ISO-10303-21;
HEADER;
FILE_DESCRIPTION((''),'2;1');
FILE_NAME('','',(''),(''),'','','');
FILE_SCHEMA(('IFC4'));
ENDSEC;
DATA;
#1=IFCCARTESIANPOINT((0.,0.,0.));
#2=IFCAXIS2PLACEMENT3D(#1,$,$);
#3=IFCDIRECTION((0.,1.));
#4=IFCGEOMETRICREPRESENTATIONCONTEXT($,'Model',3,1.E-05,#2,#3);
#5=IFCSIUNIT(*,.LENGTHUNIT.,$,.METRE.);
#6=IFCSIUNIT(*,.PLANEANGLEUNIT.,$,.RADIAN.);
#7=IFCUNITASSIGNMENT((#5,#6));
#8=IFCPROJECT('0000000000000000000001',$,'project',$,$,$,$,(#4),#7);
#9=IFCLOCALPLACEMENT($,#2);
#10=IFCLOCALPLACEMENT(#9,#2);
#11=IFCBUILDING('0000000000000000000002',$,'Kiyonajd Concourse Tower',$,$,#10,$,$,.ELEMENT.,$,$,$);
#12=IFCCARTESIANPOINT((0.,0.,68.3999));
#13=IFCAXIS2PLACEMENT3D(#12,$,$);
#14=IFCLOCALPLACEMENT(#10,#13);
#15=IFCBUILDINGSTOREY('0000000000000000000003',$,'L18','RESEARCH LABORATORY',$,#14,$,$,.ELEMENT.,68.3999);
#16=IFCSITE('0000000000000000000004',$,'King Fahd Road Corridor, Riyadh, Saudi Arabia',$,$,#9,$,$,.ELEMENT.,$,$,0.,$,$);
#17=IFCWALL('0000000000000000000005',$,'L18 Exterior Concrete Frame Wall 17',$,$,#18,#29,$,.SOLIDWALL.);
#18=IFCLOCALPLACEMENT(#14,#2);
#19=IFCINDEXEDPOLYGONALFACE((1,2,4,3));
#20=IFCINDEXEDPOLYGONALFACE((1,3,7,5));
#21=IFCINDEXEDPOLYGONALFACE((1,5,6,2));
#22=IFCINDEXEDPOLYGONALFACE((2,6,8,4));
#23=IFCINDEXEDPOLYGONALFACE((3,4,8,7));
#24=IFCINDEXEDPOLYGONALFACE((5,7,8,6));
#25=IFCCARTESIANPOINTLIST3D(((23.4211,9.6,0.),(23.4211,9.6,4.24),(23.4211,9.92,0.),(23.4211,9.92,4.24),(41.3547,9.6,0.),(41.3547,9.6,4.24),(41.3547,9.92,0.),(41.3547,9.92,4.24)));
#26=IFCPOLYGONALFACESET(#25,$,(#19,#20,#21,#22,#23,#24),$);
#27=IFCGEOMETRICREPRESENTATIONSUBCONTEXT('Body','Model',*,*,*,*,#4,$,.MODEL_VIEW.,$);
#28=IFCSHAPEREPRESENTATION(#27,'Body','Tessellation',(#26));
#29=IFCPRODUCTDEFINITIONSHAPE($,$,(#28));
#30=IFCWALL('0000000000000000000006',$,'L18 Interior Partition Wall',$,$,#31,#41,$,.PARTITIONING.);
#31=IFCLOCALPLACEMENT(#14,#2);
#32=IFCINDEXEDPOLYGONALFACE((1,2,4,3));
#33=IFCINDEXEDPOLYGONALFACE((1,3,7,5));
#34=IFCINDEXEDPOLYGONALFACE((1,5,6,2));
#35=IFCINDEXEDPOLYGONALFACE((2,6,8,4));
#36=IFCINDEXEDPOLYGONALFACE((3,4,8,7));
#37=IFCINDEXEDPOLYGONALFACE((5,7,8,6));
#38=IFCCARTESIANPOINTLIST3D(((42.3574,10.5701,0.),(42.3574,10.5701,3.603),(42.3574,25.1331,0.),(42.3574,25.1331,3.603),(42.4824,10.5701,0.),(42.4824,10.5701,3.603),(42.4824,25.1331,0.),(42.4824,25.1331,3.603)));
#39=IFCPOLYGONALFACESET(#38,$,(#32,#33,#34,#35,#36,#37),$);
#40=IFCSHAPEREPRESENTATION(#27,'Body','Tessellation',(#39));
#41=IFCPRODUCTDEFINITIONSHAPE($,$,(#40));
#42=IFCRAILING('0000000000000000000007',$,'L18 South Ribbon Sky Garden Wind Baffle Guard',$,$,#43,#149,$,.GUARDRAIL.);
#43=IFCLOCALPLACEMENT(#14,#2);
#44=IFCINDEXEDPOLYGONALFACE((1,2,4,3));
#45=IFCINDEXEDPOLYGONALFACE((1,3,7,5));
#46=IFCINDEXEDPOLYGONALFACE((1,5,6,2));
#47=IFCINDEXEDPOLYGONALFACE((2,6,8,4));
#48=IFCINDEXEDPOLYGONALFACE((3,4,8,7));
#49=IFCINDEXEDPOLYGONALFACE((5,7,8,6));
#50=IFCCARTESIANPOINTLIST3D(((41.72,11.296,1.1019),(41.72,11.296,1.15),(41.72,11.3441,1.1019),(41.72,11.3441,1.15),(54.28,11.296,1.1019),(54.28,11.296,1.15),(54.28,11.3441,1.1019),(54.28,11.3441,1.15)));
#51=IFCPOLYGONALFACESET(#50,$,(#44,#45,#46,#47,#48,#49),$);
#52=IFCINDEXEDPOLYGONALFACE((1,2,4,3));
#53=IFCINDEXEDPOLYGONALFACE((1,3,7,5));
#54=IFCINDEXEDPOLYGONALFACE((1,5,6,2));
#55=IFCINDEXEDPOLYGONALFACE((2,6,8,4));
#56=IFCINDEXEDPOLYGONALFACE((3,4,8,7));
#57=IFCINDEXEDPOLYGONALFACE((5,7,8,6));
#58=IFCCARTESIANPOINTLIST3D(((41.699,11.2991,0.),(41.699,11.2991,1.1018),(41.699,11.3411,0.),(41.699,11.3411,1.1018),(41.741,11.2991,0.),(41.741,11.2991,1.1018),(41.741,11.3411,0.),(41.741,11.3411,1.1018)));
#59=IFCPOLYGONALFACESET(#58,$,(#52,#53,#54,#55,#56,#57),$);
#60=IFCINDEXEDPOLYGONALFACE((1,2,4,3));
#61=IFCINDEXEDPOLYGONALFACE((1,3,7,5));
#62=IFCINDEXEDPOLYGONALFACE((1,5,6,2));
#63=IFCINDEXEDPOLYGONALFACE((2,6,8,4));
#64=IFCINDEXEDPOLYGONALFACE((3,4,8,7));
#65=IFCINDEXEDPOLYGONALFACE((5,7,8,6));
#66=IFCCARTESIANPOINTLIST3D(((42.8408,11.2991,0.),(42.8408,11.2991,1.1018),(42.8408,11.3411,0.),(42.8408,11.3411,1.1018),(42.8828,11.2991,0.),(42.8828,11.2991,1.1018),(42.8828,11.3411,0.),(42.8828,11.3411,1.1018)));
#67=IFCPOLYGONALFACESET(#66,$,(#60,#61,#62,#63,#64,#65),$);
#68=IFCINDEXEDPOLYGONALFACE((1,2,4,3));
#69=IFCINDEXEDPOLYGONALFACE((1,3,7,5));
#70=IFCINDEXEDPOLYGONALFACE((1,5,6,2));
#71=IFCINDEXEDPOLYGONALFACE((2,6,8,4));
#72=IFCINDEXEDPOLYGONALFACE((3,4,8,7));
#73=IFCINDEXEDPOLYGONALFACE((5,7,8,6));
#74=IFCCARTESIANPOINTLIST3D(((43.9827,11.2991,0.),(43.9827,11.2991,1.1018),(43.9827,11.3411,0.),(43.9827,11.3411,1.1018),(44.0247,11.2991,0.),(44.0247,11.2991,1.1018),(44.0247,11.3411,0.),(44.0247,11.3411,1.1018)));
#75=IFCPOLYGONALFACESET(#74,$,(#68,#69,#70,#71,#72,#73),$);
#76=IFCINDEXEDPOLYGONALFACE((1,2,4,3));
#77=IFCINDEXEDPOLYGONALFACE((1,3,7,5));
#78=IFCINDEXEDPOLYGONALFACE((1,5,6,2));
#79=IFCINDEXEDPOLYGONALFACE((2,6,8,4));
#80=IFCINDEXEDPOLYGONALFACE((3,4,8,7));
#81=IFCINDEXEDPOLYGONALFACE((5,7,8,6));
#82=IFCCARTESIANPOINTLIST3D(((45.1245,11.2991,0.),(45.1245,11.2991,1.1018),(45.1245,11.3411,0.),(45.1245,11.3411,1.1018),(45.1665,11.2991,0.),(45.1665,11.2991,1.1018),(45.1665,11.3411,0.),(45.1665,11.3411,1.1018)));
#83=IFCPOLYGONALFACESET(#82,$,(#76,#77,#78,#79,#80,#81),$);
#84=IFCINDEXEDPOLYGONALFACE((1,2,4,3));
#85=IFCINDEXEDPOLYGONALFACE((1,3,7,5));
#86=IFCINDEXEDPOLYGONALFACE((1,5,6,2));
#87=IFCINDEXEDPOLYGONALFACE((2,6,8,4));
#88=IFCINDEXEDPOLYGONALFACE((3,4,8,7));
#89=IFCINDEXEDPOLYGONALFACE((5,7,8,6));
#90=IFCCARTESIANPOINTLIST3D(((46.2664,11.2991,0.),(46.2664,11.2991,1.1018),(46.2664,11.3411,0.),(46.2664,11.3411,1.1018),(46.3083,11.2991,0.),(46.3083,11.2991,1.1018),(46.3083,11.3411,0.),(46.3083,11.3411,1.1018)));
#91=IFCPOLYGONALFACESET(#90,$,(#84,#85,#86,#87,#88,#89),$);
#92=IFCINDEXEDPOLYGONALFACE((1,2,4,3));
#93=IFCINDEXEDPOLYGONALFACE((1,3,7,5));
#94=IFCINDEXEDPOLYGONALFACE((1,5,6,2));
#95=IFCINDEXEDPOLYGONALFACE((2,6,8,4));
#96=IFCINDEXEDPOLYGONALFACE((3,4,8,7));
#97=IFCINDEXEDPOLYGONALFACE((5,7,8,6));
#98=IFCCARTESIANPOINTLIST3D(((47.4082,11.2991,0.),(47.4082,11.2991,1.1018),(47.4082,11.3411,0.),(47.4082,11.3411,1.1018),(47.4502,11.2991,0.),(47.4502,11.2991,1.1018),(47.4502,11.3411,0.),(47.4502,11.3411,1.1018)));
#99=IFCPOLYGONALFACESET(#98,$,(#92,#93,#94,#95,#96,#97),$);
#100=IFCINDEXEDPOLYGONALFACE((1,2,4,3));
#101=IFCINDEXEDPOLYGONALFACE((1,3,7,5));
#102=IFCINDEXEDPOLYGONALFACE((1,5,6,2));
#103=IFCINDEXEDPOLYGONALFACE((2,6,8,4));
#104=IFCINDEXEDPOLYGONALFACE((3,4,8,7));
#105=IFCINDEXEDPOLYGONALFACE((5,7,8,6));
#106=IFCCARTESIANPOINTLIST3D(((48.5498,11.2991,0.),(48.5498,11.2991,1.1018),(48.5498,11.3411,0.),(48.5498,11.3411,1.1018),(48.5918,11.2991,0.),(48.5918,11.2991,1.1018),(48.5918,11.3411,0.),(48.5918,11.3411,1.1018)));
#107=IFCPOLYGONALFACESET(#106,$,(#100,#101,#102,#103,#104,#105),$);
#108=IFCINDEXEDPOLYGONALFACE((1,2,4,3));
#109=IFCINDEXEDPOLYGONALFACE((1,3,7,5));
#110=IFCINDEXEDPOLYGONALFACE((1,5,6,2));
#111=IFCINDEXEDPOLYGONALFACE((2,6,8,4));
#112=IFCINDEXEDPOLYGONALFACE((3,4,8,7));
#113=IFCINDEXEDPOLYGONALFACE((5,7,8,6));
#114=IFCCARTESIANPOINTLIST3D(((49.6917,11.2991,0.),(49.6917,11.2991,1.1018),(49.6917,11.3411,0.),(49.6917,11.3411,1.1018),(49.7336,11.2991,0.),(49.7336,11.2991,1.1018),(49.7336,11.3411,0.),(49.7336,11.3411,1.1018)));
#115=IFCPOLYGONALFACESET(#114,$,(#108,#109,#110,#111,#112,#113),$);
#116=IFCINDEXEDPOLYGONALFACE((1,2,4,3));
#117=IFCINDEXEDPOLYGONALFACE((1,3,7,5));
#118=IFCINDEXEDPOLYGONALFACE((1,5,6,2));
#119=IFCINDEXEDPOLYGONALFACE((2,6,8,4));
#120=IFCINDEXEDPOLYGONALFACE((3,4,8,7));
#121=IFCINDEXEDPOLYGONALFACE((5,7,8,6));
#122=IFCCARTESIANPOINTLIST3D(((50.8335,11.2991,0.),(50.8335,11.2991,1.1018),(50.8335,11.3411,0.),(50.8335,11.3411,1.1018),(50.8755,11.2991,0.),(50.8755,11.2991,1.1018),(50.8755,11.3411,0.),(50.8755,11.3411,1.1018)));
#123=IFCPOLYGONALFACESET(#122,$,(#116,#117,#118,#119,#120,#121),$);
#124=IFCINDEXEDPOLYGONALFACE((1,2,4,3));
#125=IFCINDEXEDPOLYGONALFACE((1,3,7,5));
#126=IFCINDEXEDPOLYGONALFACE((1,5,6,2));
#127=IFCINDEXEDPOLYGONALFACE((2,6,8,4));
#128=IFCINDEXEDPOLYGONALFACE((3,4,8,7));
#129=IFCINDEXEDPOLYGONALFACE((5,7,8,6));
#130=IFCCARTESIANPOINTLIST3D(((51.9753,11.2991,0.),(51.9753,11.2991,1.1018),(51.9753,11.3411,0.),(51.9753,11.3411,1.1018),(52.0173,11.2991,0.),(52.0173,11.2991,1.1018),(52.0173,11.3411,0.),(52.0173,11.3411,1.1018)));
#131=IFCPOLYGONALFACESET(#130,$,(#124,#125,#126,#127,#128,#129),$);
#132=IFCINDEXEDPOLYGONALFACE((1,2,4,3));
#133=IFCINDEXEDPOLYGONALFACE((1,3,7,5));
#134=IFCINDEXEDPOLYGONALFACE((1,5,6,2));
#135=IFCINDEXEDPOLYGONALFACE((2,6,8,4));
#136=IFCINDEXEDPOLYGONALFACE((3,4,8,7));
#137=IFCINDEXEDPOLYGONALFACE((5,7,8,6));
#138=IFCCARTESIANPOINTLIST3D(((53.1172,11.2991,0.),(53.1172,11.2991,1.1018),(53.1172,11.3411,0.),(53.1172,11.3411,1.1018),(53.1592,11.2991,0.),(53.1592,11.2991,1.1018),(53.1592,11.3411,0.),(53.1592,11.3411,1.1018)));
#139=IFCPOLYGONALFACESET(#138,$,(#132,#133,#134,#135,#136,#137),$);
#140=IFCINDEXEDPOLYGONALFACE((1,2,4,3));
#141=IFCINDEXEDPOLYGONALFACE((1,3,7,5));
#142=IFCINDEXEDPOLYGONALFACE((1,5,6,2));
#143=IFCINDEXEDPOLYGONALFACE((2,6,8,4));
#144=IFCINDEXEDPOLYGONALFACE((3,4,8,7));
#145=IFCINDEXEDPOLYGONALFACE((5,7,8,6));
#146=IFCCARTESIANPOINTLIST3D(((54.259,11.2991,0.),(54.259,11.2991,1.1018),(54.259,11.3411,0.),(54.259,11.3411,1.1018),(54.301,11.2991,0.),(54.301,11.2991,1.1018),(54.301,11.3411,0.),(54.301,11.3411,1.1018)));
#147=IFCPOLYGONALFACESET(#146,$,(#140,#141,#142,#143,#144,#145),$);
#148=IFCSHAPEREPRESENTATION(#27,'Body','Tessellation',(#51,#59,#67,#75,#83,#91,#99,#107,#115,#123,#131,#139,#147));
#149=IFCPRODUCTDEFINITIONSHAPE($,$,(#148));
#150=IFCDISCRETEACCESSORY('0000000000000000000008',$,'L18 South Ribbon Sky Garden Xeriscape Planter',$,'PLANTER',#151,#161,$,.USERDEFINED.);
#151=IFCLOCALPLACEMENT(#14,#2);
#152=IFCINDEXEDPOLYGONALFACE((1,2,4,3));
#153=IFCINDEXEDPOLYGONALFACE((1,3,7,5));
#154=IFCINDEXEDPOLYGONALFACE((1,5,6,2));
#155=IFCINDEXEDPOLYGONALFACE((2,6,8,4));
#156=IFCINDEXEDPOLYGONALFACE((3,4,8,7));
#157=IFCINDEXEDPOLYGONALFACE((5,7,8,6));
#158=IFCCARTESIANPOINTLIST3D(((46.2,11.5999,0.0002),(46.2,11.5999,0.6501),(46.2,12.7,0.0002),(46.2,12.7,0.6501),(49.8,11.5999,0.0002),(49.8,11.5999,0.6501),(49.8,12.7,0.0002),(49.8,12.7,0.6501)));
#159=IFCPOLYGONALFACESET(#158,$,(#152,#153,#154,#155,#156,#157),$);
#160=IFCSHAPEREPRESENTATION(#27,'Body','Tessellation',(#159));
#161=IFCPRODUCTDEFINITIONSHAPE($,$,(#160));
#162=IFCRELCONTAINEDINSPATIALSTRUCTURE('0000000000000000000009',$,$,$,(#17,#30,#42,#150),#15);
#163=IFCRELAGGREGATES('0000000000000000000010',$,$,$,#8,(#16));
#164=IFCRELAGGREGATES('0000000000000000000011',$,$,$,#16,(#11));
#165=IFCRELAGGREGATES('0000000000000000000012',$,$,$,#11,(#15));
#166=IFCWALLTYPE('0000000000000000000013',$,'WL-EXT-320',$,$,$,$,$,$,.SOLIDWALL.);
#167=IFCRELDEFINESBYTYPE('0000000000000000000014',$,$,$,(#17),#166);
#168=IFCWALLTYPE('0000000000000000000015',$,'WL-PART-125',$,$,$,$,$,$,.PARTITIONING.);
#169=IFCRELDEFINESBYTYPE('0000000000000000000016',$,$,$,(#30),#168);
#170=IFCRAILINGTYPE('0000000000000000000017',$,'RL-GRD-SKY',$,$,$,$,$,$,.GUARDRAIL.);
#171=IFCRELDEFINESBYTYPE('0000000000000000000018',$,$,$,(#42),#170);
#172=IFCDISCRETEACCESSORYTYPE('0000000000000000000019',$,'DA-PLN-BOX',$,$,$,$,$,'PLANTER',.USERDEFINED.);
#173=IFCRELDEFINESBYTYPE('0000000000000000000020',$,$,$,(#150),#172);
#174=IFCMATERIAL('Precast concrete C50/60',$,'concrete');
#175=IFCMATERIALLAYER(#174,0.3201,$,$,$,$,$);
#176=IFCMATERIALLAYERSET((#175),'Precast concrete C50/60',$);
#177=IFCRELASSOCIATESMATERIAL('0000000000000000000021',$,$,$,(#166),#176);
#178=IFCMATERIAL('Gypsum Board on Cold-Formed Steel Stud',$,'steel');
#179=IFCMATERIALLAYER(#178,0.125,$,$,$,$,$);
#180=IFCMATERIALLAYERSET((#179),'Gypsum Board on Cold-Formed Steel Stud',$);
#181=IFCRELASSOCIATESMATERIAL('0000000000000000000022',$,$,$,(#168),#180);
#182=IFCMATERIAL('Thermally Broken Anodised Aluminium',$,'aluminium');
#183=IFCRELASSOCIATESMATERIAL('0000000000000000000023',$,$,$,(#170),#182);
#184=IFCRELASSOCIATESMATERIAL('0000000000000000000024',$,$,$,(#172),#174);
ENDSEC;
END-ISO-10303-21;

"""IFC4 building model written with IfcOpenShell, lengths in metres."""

from ifc_helpers import new_model, si_unit, direction, frame, frame_2d, origin, origin_2d, place, context, subcontext, project, spatial, rectangle, extrude, material, layer, layer_set, type_object, element, save


model = new_model("IFC4")

# Units and contexts
model_context = context("Model", 3, precision=1e-05, world=origin(), true_north=direction((0.0, 1.0)))
body_context = subcontext(model_context, "Body", "Model", "MODEL_VIEW")
ifc_project = project(units=[si_unit("LENGTHUNIT", "METRE"), si_unit("PLANEANGLEUNIT", "RADIAN")], contexts=[model_context])

# Site, building, storey
site_placement = place(None, origin())
site = spatial("IfcSite", under=ifc_project, at=site_placement, Name="King Fahd Road Corridor, Riyadh, Saudi Arabia", CompositionType="ELEMENT", RefElevation=0.0)
building_placement = place(site_placement, origin())
building = spatial("IfcBuilding", under=site, at=building_placement, Name="Kiyonajd Concourse Tower", CompositionType="ELEMENT")
storey_placement = place(building_placement, frame((0.0, 0.0, 68.3999)))
storey = spatial("IfcBuildingStorey", under=building, at=storey_placement, Name="L18", Description="RESEARCH LABORATORY", CompositionType="ELEMENT", Elevation=68.3999)

# Shared definitions
ifc_material_1 = material(Name="Precast concrete C50/60", Category="concrete")

# Walls
ifc_layer_1 = layer(ifc_material_1, 0.3201)
ifc_layer_set_1 = layer_set([ifc_layer_1], Name="Precast concrete C50/60")
wall_type_1 = type_object("IfcWallType", Name="WL-EXT-320", PredefinedType="SOLIDWALL", material=ifc_layer_set_1)
wall_1_placement = place(storey_placement, frame((41.3547, 9.76, 0.0), z_axis=(0.0, 0.0, 1.0), x_axis=(-1.0, 0.0, 0.0)))
element("IfcWall", 1, at=wall_1_placement, inside=storey, type_object=wall_type_1, Name="L18 Exterior Concrete Frame Wall 17", PredefinedType="SOLIDWALL", context=body_context, shape_type="SweptSolid", body=[
    extrude(rectangle(XDim=17.9336, YDim=0.3201, at=frame_2d((8.9668, 0.0))), origin(), (0.0, 0.0, 1.0), 4.24),
])
ifc_material_2 = material(Name="Gypsum Board on Cold-Formed Steel Stud", Category="steel")
ifc_layer_2 = layer(ifc_material_2, 0.125)
ifc_layer_set_2 = layer_set([ifc_layer_2], Name="Gypsum Board on Cold-Formed Steel Stud")
wall_type_2 = type_object("IfcWallType", Name="WL-PART-125", PredefinedType="PARTITIONING", material=ifc_layer_set_2)
wall_2_placement = place(storey_placement, frame((42.4199, 10.5701, 0.0), z_axis=(0.0, 0.0, 1.0), x_axis=(0.0, 1.0, 0.0)))
element("IfcWall", 2, at=wall_2_placement, inside=storey, type_object=wall_type_2, Name="L18 Interior Partition Wall", PredefinedType="PARTITIONING", context=body_context, shape_type="SweptSolid", body=[
    extrude(rectangle(XDim=14.563, YDim=0.125, at=frame_2d((7.2815, 0.0))), origin(), (0.0, 0.0, 1.0), 3.603),
])

# Railing
ifc_material_3 = material(Name="Thermally Broken Anodised Aluminium", Category="aluminium")
railing_type = type_object("IfcRailingType", Name="RL-GRD-SKY", PredefinedType="GUARDRAIL", material=ifc_material_3)
railing_placement = place(storey_placement, frame((41.72, 11.3201, 0.0)))
element("IfcRailing", 3, at=railing_placement, inside=storey, type_object=railing_type, Name="L18 South Ribbon Sky Garden Wind Baffle Guard", PredefinedType="GUARDRAIL", context=body_context, shape_type="SweptSolid", body=[
    extrude(rectangle(XDim=0.0481, YDim=0.0481, at=origin_2d()), frame((0.0, 0.0, 1.126), z_axis=(1.0, 0.0, 0.0), x_axis=(0.0, 1.0, 0.0)), (0.0, 0.0, 1.0), 12.5601),
    extrude(rectangle(XDim=0.042, YDim=0.042, at=origin_2d()), origin(), (0.0, 0.0, 1.0), 1.1018),
    extrude(rectangle(XDim=0.042, YDim=0.042, at=origin_2d()), frame((1.1418, 0.0, 0.0)), (0.0, 0.0, 1.0), 1.1018),
    extrude(rectangle(XDim=0.042, YDim=0.042, at=origin_2d()), frame((2.2837, 0.0, 0.0)), (0.0, 0.0, 1.0), 1.1018),
    extrude(rectangle(XDim=0.042, YDim=0.042, at=origin_2d()), frame((3.4255, 0.0, 0.0)), (0.0, 0.0, 1.0), 1.1018),
    extrude(rectangle(XDim=0.042, YDim=0.042, at=origin_2d()), frame((4.5674, 0.0, 0.0)), (0.0, 0.0, 1.0), 1.1018),
    extrude(rectangle(XDim=0.042, YDim=0.042, at=origin_2d()), frame((5.7092, 0.0, 0.0)), (0.0, 0.0, 1.0), 1.1018),
    extrude(rectangle(XDim=0.042, YDim=0.042, at=origin_2d()), frame((6.8508, 0.0, 0.0)), (0.0, 0.0, 1.0), 1.1018),
    extrude(rectangle(XDim=0.042, YDim=0.042, at=origin_2d()), frame((7.9927, 0.0, 0.0)), (0.0, 0.0, 1.0), 1.1018),
    extrude(rectangle(XDim=0.042, YDim=0.042, at=origin_2d()), frame((9.1345, 0.0, 0.0)), (0.0, 0.0, 1.0), 1.1018),
    extrude(rectangle(XDim=0.042, YDim=0.042, at=origin_2d()), frame((10.2764, 0.0, 0.0)), (0.0, 0.0, 1.0), 1.1018),
    extrude(rectangle(XDim=0.042, YDim=0.042, at=origin_2d()), frame((11.4182, 0.0, 0.0)), (0.0, 0.0, 1.0), 1.1018),
    extrude(rectangle(XDim=0.042, YDim=0.042, at=origin_2d()), frame((12.5601, 0.0, 0.0)), (0.0, 0.0, 1.0), 1.1018),
])

# Discrete accessory
discrete_accessory_type = type_object("IfcDiscreteAccessoryType", Name="DA-PLN-BOX", ElementType="PLANTER", PredefinedType="USERDEFINED", material=ifc_material_1)
discrete_accessory_placement = place(storey_placement, frame((48.0, 12.1499, 0.0002), z_axis=(0.0, 0.0, 1.0), x_axis=(1.0, 0.0, 0.0)))
element("IfcDiscreteAccessory", 4, at=discrete_accessory_placement, inside=storey, type_object=discrete_accessory_type, Name="L18 South Ribbon Sky Garden Xeriscape Planter", ObjectType="PLANTER", PredefinedType="USERDEFINED", context=body_context, shape_type="SweptSolid", body=[
    extrude(rectangle(XDim=3.6001, YDim=1.1001, at=origin_2d()), origin(), (0.0, 0.0, 1.0), 0.6499),
])

save(model, "model.ifc")
